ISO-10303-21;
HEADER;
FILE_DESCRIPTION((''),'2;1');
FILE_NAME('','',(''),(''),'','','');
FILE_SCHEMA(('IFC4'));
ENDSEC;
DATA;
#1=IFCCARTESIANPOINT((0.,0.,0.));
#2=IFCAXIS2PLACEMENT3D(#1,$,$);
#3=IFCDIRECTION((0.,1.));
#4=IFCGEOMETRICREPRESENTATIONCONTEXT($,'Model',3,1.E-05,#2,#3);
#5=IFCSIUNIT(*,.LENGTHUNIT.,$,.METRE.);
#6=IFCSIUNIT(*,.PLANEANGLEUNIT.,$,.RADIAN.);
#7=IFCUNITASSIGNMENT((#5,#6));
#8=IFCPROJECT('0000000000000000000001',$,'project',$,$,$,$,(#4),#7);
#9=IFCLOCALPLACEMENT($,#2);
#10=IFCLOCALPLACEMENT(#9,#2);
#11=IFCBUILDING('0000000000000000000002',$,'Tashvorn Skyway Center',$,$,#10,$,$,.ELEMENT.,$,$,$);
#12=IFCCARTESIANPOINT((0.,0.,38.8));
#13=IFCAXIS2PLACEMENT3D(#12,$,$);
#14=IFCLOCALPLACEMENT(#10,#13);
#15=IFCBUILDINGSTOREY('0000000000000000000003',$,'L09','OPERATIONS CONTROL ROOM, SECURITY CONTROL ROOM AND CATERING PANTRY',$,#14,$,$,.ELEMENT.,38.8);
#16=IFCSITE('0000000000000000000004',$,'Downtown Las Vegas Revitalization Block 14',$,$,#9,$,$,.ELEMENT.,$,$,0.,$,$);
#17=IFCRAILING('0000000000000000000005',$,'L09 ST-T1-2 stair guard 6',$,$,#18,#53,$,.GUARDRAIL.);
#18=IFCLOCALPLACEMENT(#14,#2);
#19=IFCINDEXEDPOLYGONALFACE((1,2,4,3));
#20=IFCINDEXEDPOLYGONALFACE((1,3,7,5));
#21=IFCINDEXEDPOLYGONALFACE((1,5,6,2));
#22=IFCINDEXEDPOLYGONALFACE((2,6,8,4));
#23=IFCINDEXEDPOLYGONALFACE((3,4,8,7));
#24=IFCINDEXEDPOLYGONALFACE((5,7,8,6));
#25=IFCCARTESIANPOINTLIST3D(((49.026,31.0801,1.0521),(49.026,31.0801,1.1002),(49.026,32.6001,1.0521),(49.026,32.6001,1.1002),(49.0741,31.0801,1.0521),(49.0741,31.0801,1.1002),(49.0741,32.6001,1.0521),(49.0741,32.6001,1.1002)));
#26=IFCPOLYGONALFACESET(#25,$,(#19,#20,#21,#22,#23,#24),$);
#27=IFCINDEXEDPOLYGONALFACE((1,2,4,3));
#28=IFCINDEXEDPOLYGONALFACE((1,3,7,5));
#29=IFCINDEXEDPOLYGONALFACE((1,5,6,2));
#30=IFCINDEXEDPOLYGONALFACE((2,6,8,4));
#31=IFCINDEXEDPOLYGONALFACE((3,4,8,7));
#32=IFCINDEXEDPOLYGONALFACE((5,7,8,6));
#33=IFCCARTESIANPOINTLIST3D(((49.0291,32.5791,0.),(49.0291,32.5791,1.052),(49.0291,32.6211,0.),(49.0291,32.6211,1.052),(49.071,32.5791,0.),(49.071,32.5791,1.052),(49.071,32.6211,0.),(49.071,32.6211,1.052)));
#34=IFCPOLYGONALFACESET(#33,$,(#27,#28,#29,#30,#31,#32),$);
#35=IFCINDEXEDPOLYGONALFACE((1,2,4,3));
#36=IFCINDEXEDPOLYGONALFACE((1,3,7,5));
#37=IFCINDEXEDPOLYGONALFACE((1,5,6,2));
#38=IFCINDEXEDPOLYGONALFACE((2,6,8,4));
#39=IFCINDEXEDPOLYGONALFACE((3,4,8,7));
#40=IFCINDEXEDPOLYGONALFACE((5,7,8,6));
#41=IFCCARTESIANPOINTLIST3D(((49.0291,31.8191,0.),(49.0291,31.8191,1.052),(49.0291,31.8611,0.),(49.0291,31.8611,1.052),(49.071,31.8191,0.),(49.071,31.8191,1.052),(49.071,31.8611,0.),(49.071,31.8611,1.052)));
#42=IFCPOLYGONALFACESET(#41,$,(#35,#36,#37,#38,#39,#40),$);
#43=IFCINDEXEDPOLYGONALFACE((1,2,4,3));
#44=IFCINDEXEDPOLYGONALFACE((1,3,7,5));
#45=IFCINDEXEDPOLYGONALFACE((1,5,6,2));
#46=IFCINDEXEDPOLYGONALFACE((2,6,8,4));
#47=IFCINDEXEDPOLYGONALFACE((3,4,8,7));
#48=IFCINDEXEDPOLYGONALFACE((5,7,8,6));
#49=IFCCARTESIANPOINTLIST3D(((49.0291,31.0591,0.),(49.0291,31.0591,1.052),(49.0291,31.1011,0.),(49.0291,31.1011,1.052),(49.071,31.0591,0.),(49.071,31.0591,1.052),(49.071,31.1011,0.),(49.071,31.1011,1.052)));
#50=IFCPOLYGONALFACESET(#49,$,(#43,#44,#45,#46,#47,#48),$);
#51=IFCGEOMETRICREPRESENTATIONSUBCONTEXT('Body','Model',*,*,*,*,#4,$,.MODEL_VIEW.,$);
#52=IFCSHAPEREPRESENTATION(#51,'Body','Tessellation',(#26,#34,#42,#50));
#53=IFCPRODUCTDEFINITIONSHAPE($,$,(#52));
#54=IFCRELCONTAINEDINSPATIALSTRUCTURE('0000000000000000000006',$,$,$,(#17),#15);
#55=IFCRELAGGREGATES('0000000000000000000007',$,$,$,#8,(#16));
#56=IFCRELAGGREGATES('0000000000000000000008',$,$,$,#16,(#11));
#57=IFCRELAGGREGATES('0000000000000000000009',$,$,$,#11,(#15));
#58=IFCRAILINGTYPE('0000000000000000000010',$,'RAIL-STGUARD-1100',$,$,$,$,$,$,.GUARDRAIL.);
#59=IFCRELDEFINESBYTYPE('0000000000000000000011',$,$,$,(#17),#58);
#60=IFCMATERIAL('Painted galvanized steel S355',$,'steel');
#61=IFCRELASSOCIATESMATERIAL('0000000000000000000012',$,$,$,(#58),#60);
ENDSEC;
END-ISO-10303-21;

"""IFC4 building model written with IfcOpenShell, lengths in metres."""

from ifc_helpers import new_model, si_unit, direction, frame, origin, origin_2d, place, context, subcontext, project, spatial, rectangle, extrude, material, type_object, element, save


model = new_model("IFC4")

# Units and contexts
model_context = context("Model", 3, precision=1e-05, world=origin(), true_north=direction((0.0, 1.0)))
body_context = subcontext(model_context, "Body", "Model", "MODEL_VIEW")
ifc_project = project(units=[si_unit("LENGTHUNIT", "METRE"), si_unit("PLANEANGLEUNIT", "RADIAN")], contexts=[model_context])

# Site, building, storey
site_placement = place(None, origin())
site = spatial("IfcSite", under=ifc_project, at=site_placement, Name="Downtown Las Vegas Revitalization Block 14", CompositionType="ELEMENT", RefElevation=0.0)
building_placement = place(site_placement, origin())
building = spatial("IfcBuilding", under=site, at=building_placement, Name="Tashvorn Skyway Center", CompositionType="ELEMENT")
storey_placement = place(building_placement, frame((0.0, 0.0, 38.8)))
storey = spatial("IfcBuildingStorey", under=building, at=storey_placement, Name="L09", Description="OPERATIONS CONTROL ROOM, SECURITY CONTROL ROOM AND CATERING PANTRY", CompositionType="ELEMENT", Elevation=38.8)

# Railing
ifc_material_1 = material(Name="Painted galvanized steel S355", Category="steel")
railing_type = type_object("IfcRailingType", Name="RAIL-STGUARD-1100", PredefinedType="GUARDRAIL", material=ifc_material_1)
railing_placement = place(storey_placement, frame((49.05, 32.6001, 0.0)))
element("IfcRailing", 1, at=railing_placement, inside=storey, type_object=railing_type, Name="L09 ST-T1-2 stair guard 6", PredefinedType="GUARDRAIL", context=body_context, shape_type="SweptSolid", body=[
    extrude(rectangle(XDim=0.0481, YDim=0.0481, at=origin_2d()), frame((0.0, 0.0, 1.0762), z_axis=(0.0, -1.0, 0.0), x_axis=(1.0, 0.0, 0.0)), (0.0, 0.0, 1.0), 1.52),
    extrude(rectangle(XDim=0.042, YDim=0.042, at=origin_2d()), origin(), (0.0, 0.0, 1.0), 1.052),
    extrude(rectangle(XDim=0.042, YDim=0.042, at=origin_2d()), frame((0.0, -0.76, 0.0)), (0.0, 0.0, 1.0), 1.052),
    extrude(rectangle(XDim=0.042, YDim=0.042, at=origin_2d()), frame((0.0, -1.52, 0.0)), (0.0, 0.0, 1.0), 1.052),
])

save(model, "model.ifc")
